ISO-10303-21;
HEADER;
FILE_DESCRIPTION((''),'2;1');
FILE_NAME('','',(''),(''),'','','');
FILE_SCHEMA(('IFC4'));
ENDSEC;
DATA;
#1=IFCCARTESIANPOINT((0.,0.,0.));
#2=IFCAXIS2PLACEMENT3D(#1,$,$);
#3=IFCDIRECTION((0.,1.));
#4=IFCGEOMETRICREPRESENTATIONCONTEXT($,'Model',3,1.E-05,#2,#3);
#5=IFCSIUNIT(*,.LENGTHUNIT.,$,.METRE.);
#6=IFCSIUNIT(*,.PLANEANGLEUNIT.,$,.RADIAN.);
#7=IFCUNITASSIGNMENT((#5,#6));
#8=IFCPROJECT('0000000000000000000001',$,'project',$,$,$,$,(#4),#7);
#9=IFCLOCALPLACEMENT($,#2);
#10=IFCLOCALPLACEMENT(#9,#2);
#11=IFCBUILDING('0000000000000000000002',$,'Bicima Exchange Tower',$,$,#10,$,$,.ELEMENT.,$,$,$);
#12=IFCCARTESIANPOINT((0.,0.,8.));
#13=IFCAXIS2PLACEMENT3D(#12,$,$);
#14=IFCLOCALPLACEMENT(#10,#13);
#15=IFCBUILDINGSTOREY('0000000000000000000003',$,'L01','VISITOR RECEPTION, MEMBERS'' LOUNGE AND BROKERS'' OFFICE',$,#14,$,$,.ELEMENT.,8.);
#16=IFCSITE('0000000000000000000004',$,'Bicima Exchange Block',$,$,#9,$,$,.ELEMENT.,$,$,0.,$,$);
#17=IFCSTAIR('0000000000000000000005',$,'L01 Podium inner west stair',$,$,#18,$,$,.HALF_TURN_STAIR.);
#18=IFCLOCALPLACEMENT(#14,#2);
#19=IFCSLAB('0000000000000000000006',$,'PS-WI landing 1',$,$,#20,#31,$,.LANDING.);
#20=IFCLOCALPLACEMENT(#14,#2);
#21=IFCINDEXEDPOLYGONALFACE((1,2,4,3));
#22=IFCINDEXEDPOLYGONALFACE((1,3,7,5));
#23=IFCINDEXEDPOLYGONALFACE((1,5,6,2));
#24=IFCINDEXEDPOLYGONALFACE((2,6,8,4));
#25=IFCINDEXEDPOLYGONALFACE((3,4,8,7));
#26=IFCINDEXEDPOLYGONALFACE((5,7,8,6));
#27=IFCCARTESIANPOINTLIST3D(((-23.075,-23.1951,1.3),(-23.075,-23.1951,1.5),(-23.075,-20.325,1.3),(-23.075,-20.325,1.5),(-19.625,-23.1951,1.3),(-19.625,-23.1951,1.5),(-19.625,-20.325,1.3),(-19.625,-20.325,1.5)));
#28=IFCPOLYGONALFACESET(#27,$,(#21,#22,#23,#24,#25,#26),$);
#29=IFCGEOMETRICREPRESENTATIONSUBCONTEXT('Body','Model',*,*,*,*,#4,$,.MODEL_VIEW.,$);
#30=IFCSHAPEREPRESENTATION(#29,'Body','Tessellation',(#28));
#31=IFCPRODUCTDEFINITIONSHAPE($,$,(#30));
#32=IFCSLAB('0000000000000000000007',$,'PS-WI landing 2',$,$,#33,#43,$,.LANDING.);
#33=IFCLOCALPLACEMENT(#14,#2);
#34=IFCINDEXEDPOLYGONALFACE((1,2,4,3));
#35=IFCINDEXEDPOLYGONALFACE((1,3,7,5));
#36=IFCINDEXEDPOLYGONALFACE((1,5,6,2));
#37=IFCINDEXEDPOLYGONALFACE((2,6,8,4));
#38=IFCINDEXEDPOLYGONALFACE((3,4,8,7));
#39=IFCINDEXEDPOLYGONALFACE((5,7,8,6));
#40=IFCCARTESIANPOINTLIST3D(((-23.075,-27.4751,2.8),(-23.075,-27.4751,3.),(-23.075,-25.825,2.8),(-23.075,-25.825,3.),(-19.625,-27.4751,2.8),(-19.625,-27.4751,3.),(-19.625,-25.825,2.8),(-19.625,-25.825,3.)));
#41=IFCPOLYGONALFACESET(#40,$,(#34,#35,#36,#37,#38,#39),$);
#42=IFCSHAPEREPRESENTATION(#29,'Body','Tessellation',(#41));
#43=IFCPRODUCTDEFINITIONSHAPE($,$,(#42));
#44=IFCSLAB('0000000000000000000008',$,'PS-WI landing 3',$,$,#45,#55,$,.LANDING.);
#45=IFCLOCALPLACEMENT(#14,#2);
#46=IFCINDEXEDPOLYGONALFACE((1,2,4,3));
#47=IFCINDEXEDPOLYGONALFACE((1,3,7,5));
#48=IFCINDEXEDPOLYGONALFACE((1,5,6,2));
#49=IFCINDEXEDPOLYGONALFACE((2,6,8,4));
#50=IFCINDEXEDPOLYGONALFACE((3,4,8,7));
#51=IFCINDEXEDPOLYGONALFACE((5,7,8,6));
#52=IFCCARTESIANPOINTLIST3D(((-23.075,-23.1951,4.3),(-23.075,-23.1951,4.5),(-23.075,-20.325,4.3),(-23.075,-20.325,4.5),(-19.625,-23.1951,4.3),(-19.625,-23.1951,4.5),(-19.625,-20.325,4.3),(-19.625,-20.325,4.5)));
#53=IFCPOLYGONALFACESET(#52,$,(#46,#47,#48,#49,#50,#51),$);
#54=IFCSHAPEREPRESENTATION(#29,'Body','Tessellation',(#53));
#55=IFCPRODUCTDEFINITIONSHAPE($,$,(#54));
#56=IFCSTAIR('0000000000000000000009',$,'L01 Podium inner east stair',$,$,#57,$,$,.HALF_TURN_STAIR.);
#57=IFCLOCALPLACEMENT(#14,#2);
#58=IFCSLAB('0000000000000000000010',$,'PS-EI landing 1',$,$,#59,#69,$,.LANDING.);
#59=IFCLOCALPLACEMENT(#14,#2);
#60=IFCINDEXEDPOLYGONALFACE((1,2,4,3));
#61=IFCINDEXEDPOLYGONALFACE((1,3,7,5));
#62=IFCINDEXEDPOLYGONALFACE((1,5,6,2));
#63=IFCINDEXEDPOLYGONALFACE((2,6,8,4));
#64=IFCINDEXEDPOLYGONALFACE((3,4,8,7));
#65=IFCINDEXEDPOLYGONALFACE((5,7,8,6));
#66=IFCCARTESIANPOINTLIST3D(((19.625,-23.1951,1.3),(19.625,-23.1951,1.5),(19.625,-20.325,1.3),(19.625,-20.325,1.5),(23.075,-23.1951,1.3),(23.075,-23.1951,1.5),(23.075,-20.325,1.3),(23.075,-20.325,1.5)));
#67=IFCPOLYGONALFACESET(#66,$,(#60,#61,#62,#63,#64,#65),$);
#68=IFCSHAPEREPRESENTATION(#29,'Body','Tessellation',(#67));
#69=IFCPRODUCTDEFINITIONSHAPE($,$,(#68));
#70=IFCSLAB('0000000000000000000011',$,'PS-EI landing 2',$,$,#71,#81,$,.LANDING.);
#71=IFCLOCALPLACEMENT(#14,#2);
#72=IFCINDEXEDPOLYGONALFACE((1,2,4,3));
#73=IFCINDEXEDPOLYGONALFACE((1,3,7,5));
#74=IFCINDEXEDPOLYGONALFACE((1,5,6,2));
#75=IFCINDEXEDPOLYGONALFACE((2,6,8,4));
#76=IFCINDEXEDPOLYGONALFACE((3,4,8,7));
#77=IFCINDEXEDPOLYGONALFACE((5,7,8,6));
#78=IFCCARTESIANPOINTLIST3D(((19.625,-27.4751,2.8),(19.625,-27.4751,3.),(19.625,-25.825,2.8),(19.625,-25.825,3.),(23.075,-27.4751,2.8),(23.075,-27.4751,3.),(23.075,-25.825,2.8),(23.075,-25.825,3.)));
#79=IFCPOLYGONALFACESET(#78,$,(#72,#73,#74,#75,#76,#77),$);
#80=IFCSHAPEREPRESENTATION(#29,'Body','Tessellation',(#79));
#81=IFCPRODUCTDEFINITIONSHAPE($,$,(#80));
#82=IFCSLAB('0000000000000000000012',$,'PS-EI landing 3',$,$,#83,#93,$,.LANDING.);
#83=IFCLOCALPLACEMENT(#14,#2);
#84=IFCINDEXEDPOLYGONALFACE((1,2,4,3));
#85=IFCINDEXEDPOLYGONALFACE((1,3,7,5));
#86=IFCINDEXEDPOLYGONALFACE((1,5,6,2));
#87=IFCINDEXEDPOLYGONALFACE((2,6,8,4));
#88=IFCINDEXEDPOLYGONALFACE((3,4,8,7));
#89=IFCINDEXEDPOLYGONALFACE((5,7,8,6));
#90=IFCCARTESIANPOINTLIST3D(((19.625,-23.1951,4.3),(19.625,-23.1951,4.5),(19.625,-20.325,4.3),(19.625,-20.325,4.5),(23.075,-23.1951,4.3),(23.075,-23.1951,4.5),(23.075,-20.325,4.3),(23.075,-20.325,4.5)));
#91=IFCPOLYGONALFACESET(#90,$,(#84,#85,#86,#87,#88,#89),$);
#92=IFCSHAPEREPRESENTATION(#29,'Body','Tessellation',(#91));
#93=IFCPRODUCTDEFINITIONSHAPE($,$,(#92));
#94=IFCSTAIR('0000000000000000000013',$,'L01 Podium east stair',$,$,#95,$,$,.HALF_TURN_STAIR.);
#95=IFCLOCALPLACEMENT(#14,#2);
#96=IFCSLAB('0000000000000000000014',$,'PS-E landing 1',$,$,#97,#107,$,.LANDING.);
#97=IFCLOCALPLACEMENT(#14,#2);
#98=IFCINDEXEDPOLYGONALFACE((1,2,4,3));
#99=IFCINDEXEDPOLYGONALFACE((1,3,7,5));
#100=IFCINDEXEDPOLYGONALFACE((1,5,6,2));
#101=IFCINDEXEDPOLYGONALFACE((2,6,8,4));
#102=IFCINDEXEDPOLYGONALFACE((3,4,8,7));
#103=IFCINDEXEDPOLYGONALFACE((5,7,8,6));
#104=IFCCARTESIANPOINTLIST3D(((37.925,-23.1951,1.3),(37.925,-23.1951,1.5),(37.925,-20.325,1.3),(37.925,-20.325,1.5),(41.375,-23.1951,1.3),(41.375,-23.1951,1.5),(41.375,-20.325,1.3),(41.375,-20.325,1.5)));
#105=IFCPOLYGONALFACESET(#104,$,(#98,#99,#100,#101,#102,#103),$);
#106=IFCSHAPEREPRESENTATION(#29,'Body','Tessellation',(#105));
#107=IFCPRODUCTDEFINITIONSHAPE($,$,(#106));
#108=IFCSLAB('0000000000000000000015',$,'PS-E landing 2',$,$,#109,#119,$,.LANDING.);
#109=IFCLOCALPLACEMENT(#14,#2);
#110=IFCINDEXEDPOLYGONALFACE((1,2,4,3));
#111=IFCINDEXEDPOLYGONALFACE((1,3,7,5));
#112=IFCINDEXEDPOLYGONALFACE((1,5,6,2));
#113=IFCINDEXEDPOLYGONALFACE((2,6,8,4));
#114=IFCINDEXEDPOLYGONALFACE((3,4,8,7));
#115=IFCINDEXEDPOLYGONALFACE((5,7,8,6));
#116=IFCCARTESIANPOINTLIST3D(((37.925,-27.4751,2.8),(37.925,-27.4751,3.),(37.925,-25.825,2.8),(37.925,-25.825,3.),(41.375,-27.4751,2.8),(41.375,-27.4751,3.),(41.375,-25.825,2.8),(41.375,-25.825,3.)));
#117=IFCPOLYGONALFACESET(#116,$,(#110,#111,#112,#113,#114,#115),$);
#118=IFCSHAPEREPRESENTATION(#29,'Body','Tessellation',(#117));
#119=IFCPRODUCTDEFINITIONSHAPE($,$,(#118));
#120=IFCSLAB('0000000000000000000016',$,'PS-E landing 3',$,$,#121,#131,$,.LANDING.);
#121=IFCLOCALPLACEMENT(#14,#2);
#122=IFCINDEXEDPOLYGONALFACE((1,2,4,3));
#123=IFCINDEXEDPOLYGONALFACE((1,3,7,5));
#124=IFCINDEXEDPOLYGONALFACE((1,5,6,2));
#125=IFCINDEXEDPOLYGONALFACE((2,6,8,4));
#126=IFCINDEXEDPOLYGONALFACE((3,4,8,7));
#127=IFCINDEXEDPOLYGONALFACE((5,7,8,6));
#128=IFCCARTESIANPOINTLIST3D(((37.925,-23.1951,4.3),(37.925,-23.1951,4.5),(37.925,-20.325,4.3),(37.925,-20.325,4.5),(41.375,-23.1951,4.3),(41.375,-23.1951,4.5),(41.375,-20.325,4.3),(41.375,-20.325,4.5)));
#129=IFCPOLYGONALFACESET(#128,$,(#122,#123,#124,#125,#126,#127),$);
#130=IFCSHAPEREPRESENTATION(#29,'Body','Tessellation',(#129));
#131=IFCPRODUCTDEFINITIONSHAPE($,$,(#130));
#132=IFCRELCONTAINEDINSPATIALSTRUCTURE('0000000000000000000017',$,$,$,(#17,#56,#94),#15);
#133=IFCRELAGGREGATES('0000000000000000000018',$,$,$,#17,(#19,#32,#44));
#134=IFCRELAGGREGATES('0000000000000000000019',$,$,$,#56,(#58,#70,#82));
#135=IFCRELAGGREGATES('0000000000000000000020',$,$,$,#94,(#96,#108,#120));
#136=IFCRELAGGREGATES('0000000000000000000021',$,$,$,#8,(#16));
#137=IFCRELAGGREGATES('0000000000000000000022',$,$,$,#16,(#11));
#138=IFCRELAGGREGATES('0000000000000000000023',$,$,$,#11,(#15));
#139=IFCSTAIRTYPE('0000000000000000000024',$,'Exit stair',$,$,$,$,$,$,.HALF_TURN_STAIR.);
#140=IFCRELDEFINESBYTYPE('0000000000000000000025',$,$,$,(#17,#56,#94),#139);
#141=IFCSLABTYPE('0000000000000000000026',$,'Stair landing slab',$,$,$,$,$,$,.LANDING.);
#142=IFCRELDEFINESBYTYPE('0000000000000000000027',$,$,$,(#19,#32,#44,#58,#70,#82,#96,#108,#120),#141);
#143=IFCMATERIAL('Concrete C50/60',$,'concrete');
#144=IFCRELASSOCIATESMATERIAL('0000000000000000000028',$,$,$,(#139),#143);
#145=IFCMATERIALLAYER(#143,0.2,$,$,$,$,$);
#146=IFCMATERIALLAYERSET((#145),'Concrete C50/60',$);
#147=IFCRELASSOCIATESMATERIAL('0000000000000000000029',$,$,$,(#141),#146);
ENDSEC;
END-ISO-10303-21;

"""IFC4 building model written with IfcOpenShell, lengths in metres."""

from ifc_helpers import new_model, si_unit, direction, frame, origin, place, context, subcontext, project, spatial, polyline, outline, extrude, material, layer, layer_set, type_object, element, aggregate, save


model = new_model("IFC4")

# Units and contexts
model_context = context("Model", 3, precision=1e-05, world=origin(), true_north=direction((0.0, 1.0)))
body_context = subcontext(model_context, "Body", "Model", "MODEL_VIEW")
ifc_project = project(units=[si_unit("LENGTHUNIT", "METRE"), si_unit("PLANEANGLEUNIT", "RADIAN")], contexts=[model_context])

# Site, building, storey
site_placement = place(None, origin())
site = spatial("IfcSite", under=ifc_project, at=site_placement, Name="Bicima Exchange Block", CompositionType="ELEMENT", RefElevation=0.0)
building_placement = place(site_placement, origin())
building = spatial("IfcBuilding", under=site, at=building_placement, Name="Bicima Exchange Tower", CompositionType="ELEMENT")
storey_placement = place(building_placement, frame((0.0, 0.0, 8.0)))
storey = spatial("IfcBuildingStorey", under=building, at=storey_placement, Name="L01", Description="VISITOR RECEPTION, MEMBERS' LOUNGE AND BROKERS' OFFICE", CompositionType="ELEMENT", Elevation=8.0)

# Stairs, slabs
ifc_material_1 = material(Name="Concrete C50/60", Category="concrete")
stair_type = type_object("IfcStairType", Name="Exit stair", PredefinedType="HALF_TURN_STAIR", material=ifc_material_1)
ifc_layer_1 = layer(ifc_material_1, 0.2)
ifc_layer_set_1 = layer_set([ifc_layer_1], Name="Concrete C50/60")
slab_type = type_object("IfcSlabType", Name="Stair landing slab", PredefinedType="LANDING", material=ifc_layer_set_1)
stair_1_placement = place(storey_placement, origin())
stair_1 = element("IfcStair", 1, at=stair_1_placement, inside=storey, type_object=stair_type, Name="L01 Podium inner west stair", PredefinedType="HALF_TURN_STAIR")
slab_1_placement = place(storey_placement, frame((0.0, 0.0, 1.3)))
slab_1 = element("IfcSlab", 2, at=slab_1_placement, type_object=slab_type, Name="PS-WI landing 1", PredefinedType="LANDING", context=body_context, shape_type="SweptSolid", body=[
    extrude(outline(polyline([(-19.625, -23.1951), (-19.625, -20.325), (-23.075, -20.325), (-23.075, -23.1951), (-19.625, -23.1951)])), origin(), (0.0, 0.0, 1.0), 0.2),
])
slab_2_placement = place(storey_placement, frame((0.0, 0.0, 2.8)))
slab_2 = element("IfcSlab", 3, at=slab_2_placement, type_object=slab_type, Name="PS-WI landing 2", PredefinedType="LANDING", context=body_context, shape_type="SweptSolid", body=[
    extrude(outline(polyline([(-19.625, -27.4751), (-19.625, -25.825), (-23.075, -25.825), (-23.075, -27.4751), (-19.625, -27.4751)])), origin(), (0.0, 0.0, 1.0), 0.2),
])
slab_3_placement = place(storey_placement, frame((0.0, 0.0, 4.3)))
slab_3 = element("IfcSlab", 4, at=slab_3_placement, type_object=slab_type, Name="PS-WI landing 3", PredefinedType="LANDING", context=body_context, shape_type="SweptSolid", body=[
    extrude(outline(polyline([(-19.625, -23.1951), (-19.625, -20.325), (-23.075, -20.325), (-23.075, -23.1951), (-19.625, -23.1951)])), origin(), (0.0, 0.0, 1.0), 0.2),
])
aggregate(stair_1, [slab_1, slab_2, slab_3])
stair_2_placement = place(storey_placement, origin())
stair_2 = element("IfcStair", 5, at=stair_2_placement, inside=storey, type_object=stair_type, Name="L01 Podium inner east stair", PredefinedType="HALF_TURN_STAIR")
slab_4_placement = place(storey_placement, frame((0.0, 0.0, 1.3)))
slab_4 = element("IfcSlab", 6, at=slab_4_placement, type_object=slab_type, Name="PS-EI landing 1", PredefinedType="LANDING", context=body_context, shape_type="SweptSolid", body=[
    extrude(outline(polyline([(23.075, -23.1951), (23.075, -20.325), (19.625, -20.325), (19.625, -23.1951), (23.075, -23.1951)])), origin(), (0.0, 0.0, 1.0), 0.2),
])
slab_5_placement = place(storey_placement, frame((0.0, 0.0, 2.8)))
slab_5 = element("IfcSlab", 7, at=slab_5_placement, type_object=slab_type, Name="PS-EI landing 2", PredefinedType="LANDING", context=body_context, shape_type="SweptSolid", body=[
    extrude(outline(polyline([(23.075, -27.4751), (23.075, -25.825), (19.625, -25.825), (19.625, -27.4751), (23.075, -27.4751)])), origin(), (0.0, 0.0, 1.0), 0.2),
])
slab_6_placement = place(storey_placement, frame((0.0, 0.0, 4.3)))
slab_6 = element("IfcSlab", 8, at=slab_6_placement, type_object=slab_type, Name="PS-EI landing 3", PredefinedType="LANDING", context=body_context, shape_type="SweptSolid", body=[
    extrude(outline(polyline([(23.075, -23.1951), (23.075, -20.325), (19.625, -20.325), (19.625, -23.1951), (23.075, -23.1951)])), origin(), (0.0, 0.0, 1.0), 0.2),
])
aggregate(stair_2, [slab_4, slab_5, slab_6])
stair_3_placement = place(storey_placement, origin())
stair_3 = element("IfcStair", 9, at=stair_3_placement, inside=storey, type_object=stair_type, Name="L01 Podium east stair", PredefinedType="HALF_TURN_STAIR")
slab_7_placement = place(storey_placement, frame((0.0, 0.0, 1.3)))
slab_7 = element("IfcSlab", 10, at=slab_7_placement, type_object=slab_type, Name="PS-E landing 1", PredefinedType="LANDING", context=body_context, shape_type="SweptSolid", body=[
    extrude(outline(polyline([(41.375, -23.1951), (41.375, -20.325), (37.925, -20.325), (37.925, -23.1951), (41.375, -23.1951)])), origin(), (0.0, 0.0, 1.0), 0.2),
])
slab_8_placement = place(storey_placement, frame((0.0, 0.0, 2.8)))
slab_8 = element("IfcSlab", 11, at=slab_8_placement, type_object=slab_type, Name="PS-E landing 2", PredefinedType="LANDING", context=body_context, shape_type="SweptSolid", body=[
    extrude(outline(polyline([(41.375, -27.4751), (41.375, -25.825), (37.925, -25.825), (37.925, -27.4751), (41.375, -27.4751)])), origin(), (0.0, 0.0, 1.0), 0.2),
])
slab_9_placement = place(storey_placement, frame((0.0, 0.0, 4.3)))
slab_9 = element("IfcSlab", 12, at=slab_9_placement, type_object=slab_type, Name="PS-E landing 3", PredefinedType="LANDING", context=body_context, shape_type="SweptSolid", body=[
    extrude(outline(polyline([(41.375, -23.1951), (41.375, -20.325), (37.925, -20.325), (37.925, -23.1951), (41.375, -23.1951)])), origin(), (0.0, 0.0, 1.0), 0.2),
])
aggregate(stair_3, [slab_7, slab_8, slab_9])

save(model, "model.ifc")
